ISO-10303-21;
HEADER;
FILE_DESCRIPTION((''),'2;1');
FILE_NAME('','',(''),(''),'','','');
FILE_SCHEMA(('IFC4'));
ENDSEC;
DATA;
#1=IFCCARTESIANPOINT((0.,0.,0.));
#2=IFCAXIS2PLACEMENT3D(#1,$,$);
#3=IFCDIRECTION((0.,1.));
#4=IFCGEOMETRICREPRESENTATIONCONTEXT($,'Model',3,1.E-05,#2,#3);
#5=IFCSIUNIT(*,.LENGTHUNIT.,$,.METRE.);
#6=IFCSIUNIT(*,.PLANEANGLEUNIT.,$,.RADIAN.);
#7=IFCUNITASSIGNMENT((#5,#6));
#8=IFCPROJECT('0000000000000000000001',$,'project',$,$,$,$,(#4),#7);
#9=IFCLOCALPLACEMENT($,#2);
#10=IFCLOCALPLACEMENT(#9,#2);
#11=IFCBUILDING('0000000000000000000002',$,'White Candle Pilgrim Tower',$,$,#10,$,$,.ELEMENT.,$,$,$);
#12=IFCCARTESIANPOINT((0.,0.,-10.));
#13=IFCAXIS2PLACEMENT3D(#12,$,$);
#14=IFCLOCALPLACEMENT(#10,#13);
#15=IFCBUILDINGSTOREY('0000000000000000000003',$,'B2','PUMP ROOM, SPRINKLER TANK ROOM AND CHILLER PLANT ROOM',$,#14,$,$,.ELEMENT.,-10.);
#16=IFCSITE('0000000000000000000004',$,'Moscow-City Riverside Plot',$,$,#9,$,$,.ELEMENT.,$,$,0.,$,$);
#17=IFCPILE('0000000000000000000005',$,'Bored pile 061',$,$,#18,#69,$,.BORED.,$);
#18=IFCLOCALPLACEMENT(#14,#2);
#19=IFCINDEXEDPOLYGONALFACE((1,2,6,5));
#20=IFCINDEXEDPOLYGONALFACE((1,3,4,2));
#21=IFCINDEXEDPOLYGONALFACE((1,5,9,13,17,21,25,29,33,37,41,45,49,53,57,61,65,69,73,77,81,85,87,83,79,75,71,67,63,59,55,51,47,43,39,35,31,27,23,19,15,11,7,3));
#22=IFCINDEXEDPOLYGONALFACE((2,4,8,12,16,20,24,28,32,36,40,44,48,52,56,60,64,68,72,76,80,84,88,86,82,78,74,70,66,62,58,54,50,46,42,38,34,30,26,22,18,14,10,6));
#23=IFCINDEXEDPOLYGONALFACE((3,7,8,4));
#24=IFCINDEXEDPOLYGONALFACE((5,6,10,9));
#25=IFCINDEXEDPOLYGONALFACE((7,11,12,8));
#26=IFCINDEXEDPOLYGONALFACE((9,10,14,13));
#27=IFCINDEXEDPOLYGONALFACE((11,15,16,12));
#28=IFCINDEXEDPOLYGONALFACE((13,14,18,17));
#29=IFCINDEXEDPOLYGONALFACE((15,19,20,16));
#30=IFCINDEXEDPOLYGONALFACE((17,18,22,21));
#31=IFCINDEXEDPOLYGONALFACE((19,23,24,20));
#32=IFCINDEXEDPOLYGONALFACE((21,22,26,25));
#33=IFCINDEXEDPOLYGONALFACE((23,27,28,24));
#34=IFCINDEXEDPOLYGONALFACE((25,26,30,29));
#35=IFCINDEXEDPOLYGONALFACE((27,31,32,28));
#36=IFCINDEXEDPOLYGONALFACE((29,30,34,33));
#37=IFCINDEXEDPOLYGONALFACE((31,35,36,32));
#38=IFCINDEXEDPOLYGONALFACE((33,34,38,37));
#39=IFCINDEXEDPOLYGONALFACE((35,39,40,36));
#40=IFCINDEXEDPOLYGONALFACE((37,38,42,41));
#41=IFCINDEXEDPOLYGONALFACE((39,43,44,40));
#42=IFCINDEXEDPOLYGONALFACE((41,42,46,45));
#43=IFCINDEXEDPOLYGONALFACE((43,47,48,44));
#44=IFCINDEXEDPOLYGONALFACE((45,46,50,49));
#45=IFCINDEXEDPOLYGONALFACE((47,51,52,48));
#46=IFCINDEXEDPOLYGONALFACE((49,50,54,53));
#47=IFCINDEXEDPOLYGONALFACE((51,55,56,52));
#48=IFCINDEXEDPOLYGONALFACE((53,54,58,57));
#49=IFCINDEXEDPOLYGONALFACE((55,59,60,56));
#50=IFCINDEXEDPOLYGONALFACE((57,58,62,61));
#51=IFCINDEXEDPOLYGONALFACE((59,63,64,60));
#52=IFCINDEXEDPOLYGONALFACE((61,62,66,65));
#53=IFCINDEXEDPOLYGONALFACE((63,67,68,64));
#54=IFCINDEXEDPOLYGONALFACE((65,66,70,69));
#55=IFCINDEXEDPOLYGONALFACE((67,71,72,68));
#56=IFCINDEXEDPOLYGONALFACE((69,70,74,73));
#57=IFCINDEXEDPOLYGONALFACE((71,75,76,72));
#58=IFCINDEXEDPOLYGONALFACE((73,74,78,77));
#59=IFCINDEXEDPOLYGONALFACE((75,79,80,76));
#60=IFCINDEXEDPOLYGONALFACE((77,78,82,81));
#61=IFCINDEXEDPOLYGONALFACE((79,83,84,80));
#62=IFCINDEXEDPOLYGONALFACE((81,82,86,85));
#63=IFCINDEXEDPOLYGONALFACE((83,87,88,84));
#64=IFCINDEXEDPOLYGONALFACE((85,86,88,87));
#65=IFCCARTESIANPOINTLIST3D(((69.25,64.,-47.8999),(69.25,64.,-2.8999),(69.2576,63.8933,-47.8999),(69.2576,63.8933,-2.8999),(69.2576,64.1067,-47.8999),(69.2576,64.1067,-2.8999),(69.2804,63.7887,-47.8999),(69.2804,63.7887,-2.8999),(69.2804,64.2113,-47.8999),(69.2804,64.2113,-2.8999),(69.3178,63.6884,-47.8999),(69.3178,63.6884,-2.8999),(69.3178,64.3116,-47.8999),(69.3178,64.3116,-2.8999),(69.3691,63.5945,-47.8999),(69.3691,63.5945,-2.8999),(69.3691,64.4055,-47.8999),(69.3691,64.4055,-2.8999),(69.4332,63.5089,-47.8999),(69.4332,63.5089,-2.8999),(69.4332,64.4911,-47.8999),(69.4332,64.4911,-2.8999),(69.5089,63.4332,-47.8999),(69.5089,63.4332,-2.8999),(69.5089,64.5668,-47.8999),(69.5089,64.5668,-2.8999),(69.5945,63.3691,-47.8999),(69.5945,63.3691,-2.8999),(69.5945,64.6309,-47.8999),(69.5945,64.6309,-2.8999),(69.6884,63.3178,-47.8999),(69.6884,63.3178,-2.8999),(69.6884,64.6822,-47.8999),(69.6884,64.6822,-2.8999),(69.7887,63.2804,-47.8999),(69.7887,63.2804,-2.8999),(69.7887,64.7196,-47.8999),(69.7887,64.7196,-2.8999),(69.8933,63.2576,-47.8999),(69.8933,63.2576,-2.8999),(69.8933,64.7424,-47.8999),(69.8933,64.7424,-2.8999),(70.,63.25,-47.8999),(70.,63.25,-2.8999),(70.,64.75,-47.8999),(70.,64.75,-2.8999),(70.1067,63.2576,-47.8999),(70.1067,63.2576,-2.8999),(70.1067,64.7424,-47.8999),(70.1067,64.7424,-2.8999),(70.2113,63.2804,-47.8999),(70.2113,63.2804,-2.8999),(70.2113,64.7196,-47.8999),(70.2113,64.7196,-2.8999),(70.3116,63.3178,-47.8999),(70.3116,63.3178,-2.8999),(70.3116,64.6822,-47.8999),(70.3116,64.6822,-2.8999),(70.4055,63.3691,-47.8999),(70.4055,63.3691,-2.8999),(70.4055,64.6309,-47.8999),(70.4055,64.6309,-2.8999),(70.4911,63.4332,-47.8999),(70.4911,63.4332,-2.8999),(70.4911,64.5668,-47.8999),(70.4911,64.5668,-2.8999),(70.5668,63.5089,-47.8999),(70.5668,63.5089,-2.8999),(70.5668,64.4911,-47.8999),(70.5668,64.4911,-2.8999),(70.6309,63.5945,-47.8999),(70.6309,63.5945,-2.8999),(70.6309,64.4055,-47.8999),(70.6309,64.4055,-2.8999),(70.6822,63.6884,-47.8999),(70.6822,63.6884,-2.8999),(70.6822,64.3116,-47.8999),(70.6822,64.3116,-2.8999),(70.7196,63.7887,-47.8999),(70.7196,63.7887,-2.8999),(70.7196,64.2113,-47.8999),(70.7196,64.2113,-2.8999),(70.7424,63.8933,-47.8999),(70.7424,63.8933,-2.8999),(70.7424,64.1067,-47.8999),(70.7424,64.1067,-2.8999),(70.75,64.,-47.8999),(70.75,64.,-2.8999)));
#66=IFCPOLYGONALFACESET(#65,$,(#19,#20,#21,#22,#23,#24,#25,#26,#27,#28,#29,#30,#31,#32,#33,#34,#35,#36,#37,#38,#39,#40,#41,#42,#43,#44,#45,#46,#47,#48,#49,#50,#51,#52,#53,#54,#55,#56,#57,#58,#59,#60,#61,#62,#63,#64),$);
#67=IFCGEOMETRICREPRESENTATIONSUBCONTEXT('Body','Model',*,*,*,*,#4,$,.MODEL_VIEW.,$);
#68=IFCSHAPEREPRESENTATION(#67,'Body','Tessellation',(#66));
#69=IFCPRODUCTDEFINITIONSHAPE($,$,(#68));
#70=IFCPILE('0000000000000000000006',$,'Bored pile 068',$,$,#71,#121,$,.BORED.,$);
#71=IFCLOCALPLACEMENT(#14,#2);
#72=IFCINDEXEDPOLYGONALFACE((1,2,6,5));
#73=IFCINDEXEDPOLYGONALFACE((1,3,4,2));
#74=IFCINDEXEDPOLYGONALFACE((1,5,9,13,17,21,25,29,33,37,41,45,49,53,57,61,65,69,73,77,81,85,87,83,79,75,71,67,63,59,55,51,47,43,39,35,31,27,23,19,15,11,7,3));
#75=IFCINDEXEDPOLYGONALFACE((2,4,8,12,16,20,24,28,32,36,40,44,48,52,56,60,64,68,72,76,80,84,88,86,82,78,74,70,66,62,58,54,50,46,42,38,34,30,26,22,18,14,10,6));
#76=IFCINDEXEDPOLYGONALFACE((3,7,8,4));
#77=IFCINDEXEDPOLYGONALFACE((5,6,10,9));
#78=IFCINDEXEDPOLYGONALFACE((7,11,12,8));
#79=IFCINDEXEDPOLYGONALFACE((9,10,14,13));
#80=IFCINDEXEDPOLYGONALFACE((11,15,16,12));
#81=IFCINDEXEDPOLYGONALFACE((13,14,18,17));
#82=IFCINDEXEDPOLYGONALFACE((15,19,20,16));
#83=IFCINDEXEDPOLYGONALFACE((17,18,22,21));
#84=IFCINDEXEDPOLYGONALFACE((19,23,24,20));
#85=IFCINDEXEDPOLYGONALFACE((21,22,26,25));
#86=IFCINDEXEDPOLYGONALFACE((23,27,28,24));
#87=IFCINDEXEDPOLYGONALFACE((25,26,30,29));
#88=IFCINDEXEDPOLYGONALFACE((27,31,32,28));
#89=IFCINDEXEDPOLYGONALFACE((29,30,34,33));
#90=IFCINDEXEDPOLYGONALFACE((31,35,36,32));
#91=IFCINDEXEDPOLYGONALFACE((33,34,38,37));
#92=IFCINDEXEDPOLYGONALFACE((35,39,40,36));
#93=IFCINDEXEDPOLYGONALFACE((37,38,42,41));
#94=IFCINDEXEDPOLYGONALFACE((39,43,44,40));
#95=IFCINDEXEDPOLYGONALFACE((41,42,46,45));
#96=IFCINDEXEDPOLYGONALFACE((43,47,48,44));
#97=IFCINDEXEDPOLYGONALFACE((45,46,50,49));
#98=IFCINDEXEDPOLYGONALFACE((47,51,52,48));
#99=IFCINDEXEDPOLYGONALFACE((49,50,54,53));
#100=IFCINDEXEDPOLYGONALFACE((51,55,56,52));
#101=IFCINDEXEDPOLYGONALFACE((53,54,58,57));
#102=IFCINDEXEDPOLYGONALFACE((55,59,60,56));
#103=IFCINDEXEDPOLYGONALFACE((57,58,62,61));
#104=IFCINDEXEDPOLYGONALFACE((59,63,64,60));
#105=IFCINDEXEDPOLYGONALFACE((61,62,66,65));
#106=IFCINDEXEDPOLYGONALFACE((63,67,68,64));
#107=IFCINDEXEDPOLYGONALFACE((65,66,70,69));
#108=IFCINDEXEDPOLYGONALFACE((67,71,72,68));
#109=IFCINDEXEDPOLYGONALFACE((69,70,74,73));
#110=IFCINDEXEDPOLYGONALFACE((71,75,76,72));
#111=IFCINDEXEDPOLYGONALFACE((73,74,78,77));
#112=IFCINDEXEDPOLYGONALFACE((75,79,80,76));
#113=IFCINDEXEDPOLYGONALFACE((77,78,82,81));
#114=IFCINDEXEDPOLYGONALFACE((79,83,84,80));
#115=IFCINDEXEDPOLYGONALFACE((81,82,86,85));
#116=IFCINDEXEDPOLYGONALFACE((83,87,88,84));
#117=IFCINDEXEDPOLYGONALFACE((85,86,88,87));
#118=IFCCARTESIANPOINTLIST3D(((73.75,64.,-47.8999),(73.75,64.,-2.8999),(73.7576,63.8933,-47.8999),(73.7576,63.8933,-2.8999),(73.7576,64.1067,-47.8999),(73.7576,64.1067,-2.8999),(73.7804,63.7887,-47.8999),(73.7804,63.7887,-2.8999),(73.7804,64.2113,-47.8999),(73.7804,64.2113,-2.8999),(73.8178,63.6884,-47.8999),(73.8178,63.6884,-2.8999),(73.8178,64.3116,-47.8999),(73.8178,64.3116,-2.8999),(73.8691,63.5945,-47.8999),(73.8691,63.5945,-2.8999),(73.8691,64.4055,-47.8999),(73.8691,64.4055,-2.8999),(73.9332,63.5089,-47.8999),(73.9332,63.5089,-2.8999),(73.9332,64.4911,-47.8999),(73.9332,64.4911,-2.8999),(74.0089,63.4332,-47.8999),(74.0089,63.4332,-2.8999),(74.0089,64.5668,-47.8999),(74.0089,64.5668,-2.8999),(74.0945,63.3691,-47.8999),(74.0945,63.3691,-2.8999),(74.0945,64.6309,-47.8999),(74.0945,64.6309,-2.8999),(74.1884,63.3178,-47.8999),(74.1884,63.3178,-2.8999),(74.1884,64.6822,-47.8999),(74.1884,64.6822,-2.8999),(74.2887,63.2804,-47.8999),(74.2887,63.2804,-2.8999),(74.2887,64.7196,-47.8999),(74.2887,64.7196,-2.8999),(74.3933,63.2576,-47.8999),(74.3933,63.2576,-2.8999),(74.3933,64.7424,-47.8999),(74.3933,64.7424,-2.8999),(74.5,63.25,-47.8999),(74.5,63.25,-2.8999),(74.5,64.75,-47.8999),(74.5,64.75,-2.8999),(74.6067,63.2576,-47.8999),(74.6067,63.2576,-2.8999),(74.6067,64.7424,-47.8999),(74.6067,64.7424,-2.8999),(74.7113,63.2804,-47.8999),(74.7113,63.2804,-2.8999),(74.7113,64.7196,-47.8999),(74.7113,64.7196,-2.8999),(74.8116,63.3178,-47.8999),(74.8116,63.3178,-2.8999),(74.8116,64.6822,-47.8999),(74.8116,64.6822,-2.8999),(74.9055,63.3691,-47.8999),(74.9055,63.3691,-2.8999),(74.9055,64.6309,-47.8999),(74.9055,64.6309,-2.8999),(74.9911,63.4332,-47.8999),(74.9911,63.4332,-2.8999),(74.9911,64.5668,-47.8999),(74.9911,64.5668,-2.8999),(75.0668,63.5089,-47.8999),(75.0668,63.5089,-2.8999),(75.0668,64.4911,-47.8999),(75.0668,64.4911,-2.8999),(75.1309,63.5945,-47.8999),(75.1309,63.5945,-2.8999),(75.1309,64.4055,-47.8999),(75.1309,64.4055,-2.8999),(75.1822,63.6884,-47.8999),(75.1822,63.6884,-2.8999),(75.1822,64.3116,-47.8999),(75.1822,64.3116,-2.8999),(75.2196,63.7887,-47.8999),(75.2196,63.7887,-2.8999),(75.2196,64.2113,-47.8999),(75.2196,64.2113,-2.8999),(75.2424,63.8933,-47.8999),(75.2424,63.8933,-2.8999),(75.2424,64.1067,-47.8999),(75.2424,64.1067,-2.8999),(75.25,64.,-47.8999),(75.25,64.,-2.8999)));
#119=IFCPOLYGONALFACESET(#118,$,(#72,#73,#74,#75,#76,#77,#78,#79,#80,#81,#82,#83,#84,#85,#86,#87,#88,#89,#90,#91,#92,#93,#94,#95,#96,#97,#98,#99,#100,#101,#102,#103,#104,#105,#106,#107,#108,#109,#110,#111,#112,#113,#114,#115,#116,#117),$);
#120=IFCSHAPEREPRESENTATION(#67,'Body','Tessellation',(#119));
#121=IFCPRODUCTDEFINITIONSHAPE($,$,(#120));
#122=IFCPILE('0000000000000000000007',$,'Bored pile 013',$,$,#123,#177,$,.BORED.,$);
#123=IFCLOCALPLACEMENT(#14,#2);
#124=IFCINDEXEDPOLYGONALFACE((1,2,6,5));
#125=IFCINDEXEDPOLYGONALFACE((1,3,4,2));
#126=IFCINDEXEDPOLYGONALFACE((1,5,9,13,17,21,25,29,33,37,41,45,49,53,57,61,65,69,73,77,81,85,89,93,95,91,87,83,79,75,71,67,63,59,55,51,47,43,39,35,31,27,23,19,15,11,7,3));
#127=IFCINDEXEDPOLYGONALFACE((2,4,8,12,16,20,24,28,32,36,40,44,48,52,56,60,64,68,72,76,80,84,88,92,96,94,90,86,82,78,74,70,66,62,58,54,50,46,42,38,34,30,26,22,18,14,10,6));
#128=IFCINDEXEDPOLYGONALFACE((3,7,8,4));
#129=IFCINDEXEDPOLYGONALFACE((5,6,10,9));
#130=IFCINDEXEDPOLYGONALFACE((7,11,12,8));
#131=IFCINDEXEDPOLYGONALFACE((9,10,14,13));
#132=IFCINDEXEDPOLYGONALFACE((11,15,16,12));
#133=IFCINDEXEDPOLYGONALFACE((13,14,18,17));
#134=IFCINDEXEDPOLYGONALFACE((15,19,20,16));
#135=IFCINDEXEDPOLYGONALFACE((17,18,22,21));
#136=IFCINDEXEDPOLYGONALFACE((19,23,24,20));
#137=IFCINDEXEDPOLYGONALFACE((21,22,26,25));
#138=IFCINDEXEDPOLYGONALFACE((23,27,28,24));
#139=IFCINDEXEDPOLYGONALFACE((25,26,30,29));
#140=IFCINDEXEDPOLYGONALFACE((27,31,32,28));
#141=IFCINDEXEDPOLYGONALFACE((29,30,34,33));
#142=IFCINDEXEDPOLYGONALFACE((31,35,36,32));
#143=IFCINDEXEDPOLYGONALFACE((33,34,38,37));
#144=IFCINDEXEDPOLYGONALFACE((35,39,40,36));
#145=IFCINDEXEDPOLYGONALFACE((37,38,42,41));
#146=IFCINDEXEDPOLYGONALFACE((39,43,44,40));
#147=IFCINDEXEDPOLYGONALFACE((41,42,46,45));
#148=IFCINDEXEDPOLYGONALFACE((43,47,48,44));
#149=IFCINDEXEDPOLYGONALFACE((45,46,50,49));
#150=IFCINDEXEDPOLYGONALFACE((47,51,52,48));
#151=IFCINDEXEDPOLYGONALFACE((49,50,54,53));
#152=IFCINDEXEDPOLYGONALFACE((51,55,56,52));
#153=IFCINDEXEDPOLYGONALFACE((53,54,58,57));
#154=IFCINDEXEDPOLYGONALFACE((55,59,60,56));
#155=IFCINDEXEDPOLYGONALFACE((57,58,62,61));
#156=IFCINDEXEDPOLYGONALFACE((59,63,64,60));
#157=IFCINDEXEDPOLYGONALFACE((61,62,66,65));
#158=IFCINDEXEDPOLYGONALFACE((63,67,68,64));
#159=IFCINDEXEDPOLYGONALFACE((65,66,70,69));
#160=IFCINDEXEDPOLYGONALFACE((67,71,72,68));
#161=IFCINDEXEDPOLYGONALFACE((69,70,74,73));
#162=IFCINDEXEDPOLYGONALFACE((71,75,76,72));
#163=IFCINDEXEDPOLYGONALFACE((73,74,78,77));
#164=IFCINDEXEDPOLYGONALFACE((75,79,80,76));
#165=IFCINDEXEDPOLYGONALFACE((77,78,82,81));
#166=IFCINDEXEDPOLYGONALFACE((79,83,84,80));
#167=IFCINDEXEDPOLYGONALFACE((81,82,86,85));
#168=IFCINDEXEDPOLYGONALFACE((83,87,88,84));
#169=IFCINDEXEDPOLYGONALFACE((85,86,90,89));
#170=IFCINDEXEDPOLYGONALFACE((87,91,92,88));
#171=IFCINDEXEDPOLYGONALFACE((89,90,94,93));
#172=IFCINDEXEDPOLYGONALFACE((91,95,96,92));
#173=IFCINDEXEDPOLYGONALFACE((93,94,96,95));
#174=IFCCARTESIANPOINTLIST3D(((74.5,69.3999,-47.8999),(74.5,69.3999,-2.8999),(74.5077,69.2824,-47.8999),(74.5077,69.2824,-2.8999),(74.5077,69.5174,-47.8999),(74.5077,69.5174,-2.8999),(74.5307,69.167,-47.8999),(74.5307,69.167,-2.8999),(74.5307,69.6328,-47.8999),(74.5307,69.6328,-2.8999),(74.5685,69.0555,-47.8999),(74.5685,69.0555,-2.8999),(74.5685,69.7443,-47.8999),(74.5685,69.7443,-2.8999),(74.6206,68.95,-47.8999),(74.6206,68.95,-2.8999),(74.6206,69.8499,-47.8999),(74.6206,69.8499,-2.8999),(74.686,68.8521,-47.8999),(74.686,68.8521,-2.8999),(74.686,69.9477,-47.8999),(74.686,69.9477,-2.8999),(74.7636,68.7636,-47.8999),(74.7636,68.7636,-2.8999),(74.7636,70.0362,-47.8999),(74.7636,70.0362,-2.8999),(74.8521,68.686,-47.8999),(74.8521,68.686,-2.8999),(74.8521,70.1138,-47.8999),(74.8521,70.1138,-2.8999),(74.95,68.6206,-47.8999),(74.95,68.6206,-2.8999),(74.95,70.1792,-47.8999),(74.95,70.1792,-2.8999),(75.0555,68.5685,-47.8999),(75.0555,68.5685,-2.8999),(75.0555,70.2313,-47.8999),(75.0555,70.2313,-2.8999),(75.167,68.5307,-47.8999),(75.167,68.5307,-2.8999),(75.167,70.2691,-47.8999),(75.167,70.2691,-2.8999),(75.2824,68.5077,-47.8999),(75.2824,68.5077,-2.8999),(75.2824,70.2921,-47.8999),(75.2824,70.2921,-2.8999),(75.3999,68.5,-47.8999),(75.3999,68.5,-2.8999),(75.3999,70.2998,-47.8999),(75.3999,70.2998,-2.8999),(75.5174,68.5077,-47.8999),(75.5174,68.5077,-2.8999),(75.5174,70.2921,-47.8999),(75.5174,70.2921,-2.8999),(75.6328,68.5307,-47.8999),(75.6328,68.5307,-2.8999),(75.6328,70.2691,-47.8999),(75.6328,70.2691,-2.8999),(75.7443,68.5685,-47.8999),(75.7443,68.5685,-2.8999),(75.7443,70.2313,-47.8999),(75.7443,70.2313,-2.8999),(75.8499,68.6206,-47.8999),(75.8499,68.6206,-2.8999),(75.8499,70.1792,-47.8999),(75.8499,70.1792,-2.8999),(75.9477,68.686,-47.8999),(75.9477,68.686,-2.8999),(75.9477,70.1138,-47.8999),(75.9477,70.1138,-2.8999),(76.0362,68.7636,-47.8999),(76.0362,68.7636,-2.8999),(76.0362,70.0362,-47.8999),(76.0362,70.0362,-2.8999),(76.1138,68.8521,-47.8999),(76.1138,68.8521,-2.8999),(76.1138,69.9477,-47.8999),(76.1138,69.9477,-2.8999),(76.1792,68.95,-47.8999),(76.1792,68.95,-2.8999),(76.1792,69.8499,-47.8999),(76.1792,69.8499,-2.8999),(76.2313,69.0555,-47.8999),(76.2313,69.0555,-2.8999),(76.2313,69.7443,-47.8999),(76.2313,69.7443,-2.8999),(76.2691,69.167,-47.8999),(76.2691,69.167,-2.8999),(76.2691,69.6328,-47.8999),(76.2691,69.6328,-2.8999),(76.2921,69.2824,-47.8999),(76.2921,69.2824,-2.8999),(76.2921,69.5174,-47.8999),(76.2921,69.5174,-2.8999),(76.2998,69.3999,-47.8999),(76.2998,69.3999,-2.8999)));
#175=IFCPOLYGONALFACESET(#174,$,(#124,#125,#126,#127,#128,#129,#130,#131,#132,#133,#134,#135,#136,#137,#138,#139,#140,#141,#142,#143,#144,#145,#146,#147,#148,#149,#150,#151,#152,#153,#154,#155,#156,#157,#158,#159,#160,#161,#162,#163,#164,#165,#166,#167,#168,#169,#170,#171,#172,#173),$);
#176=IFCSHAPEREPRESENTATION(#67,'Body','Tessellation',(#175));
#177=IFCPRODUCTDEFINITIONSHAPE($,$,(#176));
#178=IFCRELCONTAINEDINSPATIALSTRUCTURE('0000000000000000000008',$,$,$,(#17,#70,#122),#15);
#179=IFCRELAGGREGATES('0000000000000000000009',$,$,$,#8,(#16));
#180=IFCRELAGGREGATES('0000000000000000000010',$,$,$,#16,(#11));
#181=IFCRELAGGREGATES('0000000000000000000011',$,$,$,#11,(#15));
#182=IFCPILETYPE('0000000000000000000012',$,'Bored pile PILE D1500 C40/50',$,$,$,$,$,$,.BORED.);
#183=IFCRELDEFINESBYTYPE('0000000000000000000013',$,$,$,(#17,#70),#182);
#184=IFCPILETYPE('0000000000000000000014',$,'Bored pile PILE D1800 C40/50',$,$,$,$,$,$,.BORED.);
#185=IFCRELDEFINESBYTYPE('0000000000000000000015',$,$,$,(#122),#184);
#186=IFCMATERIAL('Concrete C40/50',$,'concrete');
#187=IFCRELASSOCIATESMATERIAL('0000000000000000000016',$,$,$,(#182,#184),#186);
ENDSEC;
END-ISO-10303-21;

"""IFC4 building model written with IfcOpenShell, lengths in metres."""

from ifc_helpers import new_model, si_unit, direction, frame, origin, origin_2d, place, context, subcontext, project, spatial, circle, extrude, material, material_profile, profile_set, type_object, element, save


model = new_model("IFC4")

# Units and contexts
model_context = context("Model", 3, precision=1e-05, world=origin(), true_north=direction((0.0, 1.0)))
body_context = subcontext(model_context, "Body", "Model", "MODEL_VIEW")
ifc_project = project(units=[si_unit("LENGTHUNIT", "METRE"), si_unit("PLANEANGLEUNIT", "RADIAN")], contexts=[model_context])

# Site, building, storey
site_placement = place(None, origin())
site = spatial("IfcSite", under=ifc_project, at=site_placement, Name="Moscow-City Riverside Plot", CompositionType="ELEMENT", RefElevation=0.0)
building_placement = place(site_placement, origin())
building = spatial("IfcBuilding", under=site, at=building_placement, Name="White Candle Pilgrim Tower", CompositionType="ELEMENT")
storey_placement = place(building_placement, frame((0.0, 0.0, -10.0)))
storey = spatial("IfcBuildingStorey", under=building, at=storey_placement, Name="B2", Description="PUMP ROOM, SPRINKLER TANK ROOM AND CHILLER PLANT ROOM", CompositionType="ELEMENT", Elevation=-10.0)

# Piles
ifc_material_1 = material(Name="Concrete C40/50", Category="concrete")
ifc_material_profile_1 = material_profile(ifc_material_1, circle(Radius=0.75, at=origin_2d()), Name="PILE D1500")
ifc_profile_set_1 = profile_set([ifc_material_profile_1], Name="Concrete C40/50")
pile_type_1 = type_object("IfcPileType", Name="Bored pile PILE D1500 C40/50", PredefinedType="BORED", material=ifc_profile_set_1)
for number, where, z_axis, x_axis, name in (
    (1, (70.0, 64.0, -2.8999), (0.0, 0.0, -1.0), (1.0, 0.0, 0.0), "Bored pile 061"),
    (2, (74.5, 64.0, -2.8999), (0.0, 0.0, -1.0), (1.0, 0.0, 0.0), "Bored pile 068"),
):
    element("IfcPile", number, at=place(storey_placement, frame(where, z_axis=z_axis, x_axis=x_axis)), inside=storey, type_object=pile_type_1, Name=name, PredefinedType="BORED", context=body_context, shape_type="SweptSolid", body=[
        extrude(circle(Radius=0.75, at=origin_2d()), origin(), (0.0, 0.0, 1.0), 45.0),
    ])
ifc_material_profile_2 = material_profile(ifc_material_1, circle(Radius=0.8999, at=origin_2d()), Name="PILE D1800")
ifc_profile_set_2 = profile_set([ifc_material_profile_2], Name="Concrete C40/50")
pile_type_2 = type_object("IfcPileType", Name="Bored pile PILE D1800 C40/50", PredefinedType="BORED", material=ifc_profile_set_2)
for number, where, z_axis, x_axis, name in (
    (3, (75.3999, 69.3999, -2.8999), (0.0, 0.0, -1.0), (1.0, 0.0, 0.0), "Bored pile 013"),
):
    element("IfcPile", number, at=place(storey_placement, frame(where, z_axis=z_axis, x_axis=x_axis)), inside=storey, type_object=pile_type_2, Name=name, PredefinedType="BORED", context=body_context, shape_type="SweptSolid", body=[
        extrude(circle(Radius=0.8999, at=origin_2d()), origin(), (0.0, 0.0, 1.0), 45.0),
    ])

save(model, "model.ifc")
